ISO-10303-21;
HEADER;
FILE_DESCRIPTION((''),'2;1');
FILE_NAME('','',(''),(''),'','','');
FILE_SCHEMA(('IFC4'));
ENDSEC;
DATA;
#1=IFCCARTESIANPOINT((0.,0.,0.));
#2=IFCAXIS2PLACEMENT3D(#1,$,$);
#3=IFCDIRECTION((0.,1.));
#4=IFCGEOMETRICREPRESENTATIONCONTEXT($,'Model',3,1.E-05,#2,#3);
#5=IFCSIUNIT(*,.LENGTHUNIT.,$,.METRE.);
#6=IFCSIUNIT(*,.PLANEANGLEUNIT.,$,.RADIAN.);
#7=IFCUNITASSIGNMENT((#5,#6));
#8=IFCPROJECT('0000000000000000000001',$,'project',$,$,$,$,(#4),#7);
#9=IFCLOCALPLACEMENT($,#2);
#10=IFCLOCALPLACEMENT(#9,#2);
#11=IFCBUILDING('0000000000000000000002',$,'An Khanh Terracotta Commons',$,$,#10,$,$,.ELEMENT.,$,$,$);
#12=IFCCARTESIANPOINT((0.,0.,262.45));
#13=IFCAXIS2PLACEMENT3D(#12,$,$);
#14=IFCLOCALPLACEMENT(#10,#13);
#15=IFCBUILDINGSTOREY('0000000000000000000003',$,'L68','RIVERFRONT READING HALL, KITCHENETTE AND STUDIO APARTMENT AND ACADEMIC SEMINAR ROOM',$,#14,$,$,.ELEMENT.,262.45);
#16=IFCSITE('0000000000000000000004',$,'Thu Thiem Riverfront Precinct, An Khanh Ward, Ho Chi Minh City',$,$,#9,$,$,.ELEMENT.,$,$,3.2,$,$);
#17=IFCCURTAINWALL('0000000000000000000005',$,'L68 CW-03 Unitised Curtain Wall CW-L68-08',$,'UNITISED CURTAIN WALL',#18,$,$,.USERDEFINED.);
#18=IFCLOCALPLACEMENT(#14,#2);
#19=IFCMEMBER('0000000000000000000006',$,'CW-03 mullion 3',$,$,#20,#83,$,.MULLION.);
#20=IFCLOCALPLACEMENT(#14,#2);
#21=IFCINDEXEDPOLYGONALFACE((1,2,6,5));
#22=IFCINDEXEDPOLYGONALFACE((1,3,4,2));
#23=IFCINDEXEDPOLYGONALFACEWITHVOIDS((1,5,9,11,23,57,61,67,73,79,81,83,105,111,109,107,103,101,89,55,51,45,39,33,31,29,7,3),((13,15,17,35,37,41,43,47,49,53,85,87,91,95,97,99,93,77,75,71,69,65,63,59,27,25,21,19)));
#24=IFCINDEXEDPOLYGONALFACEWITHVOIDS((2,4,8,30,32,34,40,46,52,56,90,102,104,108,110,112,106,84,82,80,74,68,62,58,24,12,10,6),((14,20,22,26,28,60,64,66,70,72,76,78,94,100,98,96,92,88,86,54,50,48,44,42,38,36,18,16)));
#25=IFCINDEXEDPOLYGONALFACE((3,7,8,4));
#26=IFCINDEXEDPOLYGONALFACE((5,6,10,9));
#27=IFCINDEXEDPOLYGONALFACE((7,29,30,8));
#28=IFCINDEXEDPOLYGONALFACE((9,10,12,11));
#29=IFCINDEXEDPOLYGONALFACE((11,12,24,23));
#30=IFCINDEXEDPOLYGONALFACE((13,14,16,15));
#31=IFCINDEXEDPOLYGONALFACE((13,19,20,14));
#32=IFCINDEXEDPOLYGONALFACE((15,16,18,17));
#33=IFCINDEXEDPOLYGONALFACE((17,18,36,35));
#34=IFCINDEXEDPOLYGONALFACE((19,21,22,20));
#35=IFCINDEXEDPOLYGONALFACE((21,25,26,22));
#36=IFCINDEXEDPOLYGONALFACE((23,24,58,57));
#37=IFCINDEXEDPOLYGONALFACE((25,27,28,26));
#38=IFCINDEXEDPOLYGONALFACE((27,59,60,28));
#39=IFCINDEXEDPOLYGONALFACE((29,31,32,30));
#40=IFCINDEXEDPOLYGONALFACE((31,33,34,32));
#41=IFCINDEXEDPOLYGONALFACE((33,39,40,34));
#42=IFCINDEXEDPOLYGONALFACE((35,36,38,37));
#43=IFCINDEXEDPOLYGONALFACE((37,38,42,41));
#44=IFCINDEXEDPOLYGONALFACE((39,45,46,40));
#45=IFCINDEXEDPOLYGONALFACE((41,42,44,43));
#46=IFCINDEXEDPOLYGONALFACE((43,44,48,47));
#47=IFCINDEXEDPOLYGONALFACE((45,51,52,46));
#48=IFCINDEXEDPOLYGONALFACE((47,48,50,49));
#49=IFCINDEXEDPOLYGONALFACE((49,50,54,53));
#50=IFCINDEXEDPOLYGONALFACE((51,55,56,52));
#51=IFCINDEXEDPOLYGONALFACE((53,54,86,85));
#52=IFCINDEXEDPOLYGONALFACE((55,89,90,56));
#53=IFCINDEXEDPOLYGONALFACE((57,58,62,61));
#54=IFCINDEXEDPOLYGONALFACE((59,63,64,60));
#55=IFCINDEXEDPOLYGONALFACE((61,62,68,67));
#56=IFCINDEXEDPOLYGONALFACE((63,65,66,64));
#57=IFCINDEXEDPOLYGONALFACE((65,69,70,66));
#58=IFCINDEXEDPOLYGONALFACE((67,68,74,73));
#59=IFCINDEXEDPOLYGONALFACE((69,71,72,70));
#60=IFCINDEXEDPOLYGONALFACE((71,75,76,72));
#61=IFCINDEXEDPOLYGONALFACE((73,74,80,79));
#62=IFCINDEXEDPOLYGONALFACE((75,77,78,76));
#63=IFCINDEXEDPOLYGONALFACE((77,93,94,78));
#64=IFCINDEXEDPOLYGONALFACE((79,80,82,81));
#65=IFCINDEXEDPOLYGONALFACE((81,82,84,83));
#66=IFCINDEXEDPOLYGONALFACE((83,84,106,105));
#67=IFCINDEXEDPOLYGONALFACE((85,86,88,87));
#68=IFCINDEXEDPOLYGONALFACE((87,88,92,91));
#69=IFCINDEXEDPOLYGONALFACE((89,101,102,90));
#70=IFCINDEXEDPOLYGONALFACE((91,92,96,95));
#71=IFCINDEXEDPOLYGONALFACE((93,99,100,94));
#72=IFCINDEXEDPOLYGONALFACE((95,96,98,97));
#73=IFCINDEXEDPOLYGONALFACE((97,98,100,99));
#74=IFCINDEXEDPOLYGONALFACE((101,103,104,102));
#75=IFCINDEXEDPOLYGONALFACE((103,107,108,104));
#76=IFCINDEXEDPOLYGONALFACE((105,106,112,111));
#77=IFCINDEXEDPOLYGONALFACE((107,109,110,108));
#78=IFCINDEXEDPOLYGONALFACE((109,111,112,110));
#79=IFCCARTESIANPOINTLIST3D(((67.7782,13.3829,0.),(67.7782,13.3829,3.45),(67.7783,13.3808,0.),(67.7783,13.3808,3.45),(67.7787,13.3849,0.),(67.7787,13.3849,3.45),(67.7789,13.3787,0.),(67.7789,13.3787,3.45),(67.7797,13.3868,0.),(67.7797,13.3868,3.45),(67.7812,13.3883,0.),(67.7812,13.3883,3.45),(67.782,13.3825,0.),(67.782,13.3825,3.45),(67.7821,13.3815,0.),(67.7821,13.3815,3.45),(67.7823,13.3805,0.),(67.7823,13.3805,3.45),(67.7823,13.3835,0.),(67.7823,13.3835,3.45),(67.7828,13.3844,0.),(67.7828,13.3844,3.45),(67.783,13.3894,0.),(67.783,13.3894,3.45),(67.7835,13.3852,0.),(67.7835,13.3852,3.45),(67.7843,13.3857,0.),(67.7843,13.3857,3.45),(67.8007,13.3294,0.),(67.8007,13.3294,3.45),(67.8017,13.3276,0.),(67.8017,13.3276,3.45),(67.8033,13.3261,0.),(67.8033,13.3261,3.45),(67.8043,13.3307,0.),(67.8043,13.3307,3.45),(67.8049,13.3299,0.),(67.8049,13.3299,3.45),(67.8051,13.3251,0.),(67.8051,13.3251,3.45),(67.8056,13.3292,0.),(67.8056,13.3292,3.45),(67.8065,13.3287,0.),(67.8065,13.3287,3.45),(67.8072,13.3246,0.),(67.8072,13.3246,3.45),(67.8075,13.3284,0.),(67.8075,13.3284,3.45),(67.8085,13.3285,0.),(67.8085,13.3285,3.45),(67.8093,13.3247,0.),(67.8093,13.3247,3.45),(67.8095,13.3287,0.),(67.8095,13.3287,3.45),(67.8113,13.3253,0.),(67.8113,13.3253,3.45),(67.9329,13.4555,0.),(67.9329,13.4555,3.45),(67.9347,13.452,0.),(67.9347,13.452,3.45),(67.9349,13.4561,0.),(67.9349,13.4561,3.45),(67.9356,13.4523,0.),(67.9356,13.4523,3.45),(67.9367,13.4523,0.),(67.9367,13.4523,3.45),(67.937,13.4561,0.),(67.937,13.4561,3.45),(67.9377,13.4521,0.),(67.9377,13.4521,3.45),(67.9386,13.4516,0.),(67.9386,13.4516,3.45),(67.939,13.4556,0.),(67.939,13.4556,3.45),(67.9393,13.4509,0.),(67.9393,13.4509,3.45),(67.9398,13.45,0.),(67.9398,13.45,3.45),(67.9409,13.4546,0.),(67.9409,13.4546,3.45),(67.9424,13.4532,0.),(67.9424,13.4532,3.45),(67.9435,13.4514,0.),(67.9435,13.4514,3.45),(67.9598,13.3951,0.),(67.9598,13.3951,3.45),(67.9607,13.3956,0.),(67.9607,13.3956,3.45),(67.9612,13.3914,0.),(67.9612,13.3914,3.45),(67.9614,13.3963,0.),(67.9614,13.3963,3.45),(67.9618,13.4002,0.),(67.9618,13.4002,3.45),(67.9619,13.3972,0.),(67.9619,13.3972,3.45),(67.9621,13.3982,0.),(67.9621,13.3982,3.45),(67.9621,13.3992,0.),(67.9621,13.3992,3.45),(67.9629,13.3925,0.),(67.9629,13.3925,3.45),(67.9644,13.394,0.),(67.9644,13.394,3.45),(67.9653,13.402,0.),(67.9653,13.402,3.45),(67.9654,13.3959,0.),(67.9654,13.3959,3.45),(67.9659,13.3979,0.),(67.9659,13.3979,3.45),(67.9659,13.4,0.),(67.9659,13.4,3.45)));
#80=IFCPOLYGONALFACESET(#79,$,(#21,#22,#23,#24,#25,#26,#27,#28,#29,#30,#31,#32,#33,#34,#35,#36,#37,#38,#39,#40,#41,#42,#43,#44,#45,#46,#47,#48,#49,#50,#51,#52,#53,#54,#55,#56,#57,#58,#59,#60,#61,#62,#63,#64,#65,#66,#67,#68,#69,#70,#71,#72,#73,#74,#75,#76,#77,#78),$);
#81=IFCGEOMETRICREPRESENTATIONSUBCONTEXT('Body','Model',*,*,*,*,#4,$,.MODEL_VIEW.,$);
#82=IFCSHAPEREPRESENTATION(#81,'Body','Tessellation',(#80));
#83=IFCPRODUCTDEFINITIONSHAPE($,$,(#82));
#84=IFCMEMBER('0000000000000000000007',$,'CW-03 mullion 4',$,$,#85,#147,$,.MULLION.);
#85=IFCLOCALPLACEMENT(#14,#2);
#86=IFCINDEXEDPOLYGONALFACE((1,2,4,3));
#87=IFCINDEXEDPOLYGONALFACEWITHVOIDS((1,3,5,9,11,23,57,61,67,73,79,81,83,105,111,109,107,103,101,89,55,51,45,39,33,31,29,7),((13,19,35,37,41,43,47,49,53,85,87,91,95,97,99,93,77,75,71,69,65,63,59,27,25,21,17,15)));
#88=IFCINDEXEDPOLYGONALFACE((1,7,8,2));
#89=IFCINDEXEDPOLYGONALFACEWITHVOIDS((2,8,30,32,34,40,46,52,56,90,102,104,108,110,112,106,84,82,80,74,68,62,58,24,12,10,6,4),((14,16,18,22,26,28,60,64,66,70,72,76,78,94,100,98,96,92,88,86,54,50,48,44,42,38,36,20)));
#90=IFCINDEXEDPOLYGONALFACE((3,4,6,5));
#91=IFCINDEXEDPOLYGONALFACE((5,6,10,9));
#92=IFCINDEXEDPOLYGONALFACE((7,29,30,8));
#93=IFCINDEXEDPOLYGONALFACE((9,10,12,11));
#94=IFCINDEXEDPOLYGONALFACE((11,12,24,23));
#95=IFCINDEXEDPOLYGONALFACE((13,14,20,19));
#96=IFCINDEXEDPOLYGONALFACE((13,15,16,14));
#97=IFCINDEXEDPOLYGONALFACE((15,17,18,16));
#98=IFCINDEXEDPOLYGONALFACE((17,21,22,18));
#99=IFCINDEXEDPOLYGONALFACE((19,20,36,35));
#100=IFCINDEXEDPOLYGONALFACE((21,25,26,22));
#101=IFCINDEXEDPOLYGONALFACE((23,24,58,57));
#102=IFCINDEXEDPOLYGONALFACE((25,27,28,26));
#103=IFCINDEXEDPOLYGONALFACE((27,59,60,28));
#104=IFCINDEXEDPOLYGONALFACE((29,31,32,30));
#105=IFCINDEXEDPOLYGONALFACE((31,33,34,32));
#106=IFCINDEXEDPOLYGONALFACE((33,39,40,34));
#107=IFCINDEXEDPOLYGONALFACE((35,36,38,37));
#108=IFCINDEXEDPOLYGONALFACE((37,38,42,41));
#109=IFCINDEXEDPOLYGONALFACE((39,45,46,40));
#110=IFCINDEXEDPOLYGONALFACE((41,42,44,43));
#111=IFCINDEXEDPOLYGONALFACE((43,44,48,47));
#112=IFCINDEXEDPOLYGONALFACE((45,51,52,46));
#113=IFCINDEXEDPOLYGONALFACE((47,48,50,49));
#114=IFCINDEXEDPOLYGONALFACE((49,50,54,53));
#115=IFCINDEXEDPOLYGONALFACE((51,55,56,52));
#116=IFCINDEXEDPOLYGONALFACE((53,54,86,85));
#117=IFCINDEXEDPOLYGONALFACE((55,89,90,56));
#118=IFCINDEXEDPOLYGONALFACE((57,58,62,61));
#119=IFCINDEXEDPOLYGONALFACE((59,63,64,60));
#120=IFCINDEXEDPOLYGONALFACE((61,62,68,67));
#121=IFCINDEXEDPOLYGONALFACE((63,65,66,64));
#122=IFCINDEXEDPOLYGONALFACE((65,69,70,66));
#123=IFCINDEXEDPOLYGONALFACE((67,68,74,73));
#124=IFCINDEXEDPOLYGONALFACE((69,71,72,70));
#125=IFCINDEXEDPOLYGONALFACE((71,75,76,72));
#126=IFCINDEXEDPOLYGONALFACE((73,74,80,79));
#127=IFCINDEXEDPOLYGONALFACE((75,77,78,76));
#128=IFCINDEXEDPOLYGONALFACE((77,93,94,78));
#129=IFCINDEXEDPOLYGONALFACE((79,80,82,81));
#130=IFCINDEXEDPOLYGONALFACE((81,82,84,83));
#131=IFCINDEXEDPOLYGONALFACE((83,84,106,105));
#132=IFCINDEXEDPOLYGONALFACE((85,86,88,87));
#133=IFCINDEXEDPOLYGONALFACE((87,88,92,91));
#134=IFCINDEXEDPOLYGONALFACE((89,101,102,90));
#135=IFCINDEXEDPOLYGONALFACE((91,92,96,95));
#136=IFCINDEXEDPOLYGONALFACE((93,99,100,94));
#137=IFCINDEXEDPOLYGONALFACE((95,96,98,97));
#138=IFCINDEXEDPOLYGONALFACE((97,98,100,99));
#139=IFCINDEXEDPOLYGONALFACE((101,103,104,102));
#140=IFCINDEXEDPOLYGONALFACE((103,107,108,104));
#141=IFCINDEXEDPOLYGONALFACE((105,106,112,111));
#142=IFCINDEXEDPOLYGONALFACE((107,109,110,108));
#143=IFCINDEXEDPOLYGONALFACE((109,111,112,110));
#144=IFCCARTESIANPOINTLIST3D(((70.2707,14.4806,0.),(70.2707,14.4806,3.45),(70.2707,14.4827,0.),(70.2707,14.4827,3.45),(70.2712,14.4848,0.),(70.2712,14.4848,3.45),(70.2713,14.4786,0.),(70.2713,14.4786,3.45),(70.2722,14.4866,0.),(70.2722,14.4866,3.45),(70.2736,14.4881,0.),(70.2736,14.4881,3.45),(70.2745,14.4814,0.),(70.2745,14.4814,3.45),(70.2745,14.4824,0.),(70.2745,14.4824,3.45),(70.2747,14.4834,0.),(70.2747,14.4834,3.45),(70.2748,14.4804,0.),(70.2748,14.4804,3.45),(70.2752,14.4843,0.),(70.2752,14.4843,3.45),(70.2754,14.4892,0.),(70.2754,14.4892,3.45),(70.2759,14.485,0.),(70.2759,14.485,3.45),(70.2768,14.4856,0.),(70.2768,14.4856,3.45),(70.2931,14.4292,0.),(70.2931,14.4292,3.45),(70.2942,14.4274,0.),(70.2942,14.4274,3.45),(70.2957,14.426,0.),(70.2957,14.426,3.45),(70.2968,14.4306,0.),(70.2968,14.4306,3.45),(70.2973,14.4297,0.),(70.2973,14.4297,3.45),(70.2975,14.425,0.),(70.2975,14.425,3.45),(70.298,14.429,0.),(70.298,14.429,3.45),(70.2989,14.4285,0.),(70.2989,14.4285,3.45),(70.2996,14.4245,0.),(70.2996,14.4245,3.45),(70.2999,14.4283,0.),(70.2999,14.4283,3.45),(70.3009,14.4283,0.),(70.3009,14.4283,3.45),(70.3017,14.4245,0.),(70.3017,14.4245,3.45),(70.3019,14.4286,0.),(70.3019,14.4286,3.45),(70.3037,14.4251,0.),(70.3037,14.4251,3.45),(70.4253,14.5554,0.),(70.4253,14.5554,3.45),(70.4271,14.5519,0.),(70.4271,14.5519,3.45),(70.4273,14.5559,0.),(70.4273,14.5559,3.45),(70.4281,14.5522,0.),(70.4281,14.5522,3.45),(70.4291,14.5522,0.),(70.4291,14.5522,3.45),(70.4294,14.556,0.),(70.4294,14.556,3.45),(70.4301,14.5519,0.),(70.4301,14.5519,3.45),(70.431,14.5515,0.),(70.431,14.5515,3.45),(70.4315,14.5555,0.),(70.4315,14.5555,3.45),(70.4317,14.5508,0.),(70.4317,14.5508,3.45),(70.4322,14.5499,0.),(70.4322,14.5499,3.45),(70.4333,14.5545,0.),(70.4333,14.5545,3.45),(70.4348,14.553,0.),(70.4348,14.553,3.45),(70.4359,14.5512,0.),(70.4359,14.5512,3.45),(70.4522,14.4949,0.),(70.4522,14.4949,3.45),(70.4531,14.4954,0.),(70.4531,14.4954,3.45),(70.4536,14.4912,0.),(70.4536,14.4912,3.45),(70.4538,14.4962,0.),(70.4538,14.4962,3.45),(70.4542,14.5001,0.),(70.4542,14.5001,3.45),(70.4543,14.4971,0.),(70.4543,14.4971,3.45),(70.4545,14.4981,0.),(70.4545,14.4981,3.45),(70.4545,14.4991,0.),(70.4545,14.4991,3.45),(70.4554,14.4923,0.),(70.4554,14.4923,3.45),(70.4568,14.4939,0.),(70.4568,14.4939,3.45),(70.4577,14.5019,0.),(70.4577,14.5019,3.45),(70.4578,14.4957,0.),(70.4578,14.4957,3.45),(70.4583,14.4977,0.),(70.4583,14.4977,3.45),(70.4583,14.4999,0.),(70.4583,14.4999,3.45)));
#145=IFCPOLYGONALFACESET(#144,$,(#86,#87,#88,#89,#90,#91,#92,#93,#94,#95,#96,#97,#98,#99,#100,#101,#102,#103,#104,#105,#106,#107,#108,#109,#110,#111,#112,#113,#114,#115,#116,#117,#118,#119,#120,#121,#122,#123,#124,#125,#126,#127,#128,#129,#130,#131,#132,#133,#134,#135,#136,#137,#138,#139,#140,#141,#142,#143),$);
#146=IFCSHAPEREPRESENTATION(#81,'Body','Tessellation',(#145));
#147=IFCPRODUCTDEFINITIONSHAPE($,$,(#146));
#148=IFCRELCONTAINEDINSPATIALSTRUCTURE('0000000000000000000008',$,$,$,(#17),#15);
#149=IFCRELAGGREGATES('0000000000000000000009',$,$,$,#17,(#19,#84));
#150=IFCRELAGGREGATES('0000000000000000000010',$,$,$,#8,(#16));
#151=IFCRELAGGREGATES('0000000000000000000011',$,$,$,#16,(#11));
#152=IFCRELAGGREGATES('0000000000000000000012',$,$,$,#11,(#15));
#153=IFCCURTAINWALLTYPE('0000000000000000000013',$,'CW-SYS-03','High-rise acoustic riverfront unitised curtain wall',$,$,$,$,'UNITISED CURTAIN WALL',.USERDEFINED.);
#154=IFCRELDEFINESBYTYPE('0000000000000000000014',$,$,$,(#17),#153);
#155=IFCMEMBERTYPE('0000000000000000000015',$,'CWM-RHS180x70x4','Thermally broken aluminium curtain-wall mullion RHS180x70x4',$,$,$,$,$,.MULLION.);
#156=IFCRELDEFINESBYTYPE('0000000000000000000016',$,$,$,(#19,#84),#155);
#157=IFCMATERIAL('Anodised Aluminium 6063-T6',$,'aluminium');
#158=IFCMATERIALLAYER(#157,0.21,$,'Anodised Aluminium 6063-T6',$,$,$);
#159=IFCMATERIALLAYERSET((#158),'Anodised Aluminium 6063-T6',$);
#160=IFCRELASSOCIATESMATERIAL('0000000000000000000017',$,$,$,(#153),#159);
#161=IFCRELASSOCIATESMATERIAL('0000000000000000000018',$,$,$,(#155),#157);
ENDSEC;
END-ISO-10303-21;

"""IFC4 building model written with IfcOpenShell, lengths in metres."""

from ifc_helpers import new_model, si_unit, direction, frame, origin, origin_2d, place, context, subcontext, project, spatial, hollow_rectangle, extrude, material, layer, layer_set, material_profile, profile_set, type_object, element, aggregate, save


model = new_model("IFC4")

# Units and contexts
model_context = context("Model", 3, precision=1e-05, world=origin(), true_north=direction((0.0, 1.0)))
body_context = subcontext(model_context, "Body", "Model", "MODEL_VIEW")
ifc_project = project(units=[si_unit("LENGTHUNIT", "METRE"), si_unit("PLANEANGLEUNIT", "RADIAN")], contexts=[model_context])

# Site, building, storey
site_placement = place(None, origin())
site = spatial("IfcSite", under=ifc_project, at=site_placement, Name="Thu Thiem Riverfront Precinct, An Khanh Ward, Ho Chi Minh City", CompositionType="ELEMENT", RefElevation=3.2)
building_placement = place(site_placement, origin())
building = spatial("IfcBuilding", under=site, at=building_placement, Name="An Khanh Terracotta Commons", CompositionType="ELEMENT")
storey_placement = place(building_placement, frame((0.0, 0.0, 262.45)))
storey = spatial("IfcBuildingStorey", under=building, at=storey_placement, Name="L68", Description="RIVERFRONT READING HALL, KITCHENETTE AND STUDIO APARTMENT AND ACADEMIC SEMINAR ROOM", CompositionType="ELEMENT", Elevation=262.45)

# Curtain wall, members
ifc_material_1 = material(Name="Anodised Aluminium 6063-T6", Category="aluminium")
ifc_layer_1 = layer(ifc_material_1, 0.21, Name="Anodised Aluminium 6063-T6")
ifc_layer_set_1 = layer_set([ifc_layer_1], Name="Anodised Aluminium 6063-T6")
curtain_wall_type = type_object("IfcCurtainWallType", Name="CW-SYS-03", Description="High-rise acoustic riverfront unitised curtain wall", ElementType="UNITISED CURTAIN WALL", PredefinedType="USERDEFINED", material=ifc_layer_set_1)
curtain_wall_1_placement = place(storey_placement, origin())
curtain_wall_1 = element("IfcCurtainWall", 1, at=curtain_wall_1_placement, inside=storey, type_object=curtain_wall_type, Name="L68 CW-03 Unitised Curtain Wall CW-L68-08", ObjectType="UNITISED CURTAIN WALL", PredefinedType="USERDEFINED")
ifc_material_profile_1 = material_profile(ifc_material_1, hollow_rectangle(XDim=0.0701, YDim=0.1799, WallThickness=0.0039, InnerFilletRadius=0.0039, OuterFilletRadius=0.0081, at=origin_2d()), Name="RHS180x70x4")
ifc_profile_set_1 = profile_set([ifc_material_profile_1], Name="Anodised Aluminium 6063-T6")
member_type_1 = type_object("IfcMemberType", Name="CWM-RHS180x70x4", Description="Thermally broken aluminium curtain-wall mullion RHS180x70x4", PredefinedType="MULLION", material=ifc_profile_set_1)
member_1_placement = place(storey_placement, frame((67.8721, 13.3904, 0.0), z_axis=(0.0, 0.0, 1.0), x_axis=(-0.403676, 0.914902, 0.0)))
member_1 = element("IfcMember", 2, at=member_1_placement, type_object=member_type_1, Name="CW-03 mullion 3", PredefinedType="MULLION", context=body_context, shape_type="SweptSolid", body=[
    extrude(hollow_rectangle(XDim=0.0701, YDim=0.1799, WallThickness=0.0039, InnerFilletRadius=0.0039, OuterFilletRadius=0.0081, at=origin_2d()), origin(), (0.0, 0.0, 1.0), 3.45),
])
member_2_placement = place(storey_placement, frame((70.3645, 14.4902, 0.0), z_axis=(0.0, 0.0, 1.0), x_axis=(-0.403676, 0.914902, 0.0)))
member_2 = element("IfcMember", 3, at=member_2_placement, type_object=member_type_1, Name="CW-03 mullion 4", PredefinedType="MULLION", context=body_context, shape_type="SweptSolid", body=[
    extrude(hollow_rectangle(XDim=0.0701, YDim=0.1799, WallThickness=0.0039, InnerFilletRadius=0.0039, OuterFilletRadius=0.0081, at=origin_2d()), origin(), (0.0, 0.0, 1.0), 3.45),
])

aggregate(curtain_wall_1, [member_1, member_2])

save(model, "model.ifc")
